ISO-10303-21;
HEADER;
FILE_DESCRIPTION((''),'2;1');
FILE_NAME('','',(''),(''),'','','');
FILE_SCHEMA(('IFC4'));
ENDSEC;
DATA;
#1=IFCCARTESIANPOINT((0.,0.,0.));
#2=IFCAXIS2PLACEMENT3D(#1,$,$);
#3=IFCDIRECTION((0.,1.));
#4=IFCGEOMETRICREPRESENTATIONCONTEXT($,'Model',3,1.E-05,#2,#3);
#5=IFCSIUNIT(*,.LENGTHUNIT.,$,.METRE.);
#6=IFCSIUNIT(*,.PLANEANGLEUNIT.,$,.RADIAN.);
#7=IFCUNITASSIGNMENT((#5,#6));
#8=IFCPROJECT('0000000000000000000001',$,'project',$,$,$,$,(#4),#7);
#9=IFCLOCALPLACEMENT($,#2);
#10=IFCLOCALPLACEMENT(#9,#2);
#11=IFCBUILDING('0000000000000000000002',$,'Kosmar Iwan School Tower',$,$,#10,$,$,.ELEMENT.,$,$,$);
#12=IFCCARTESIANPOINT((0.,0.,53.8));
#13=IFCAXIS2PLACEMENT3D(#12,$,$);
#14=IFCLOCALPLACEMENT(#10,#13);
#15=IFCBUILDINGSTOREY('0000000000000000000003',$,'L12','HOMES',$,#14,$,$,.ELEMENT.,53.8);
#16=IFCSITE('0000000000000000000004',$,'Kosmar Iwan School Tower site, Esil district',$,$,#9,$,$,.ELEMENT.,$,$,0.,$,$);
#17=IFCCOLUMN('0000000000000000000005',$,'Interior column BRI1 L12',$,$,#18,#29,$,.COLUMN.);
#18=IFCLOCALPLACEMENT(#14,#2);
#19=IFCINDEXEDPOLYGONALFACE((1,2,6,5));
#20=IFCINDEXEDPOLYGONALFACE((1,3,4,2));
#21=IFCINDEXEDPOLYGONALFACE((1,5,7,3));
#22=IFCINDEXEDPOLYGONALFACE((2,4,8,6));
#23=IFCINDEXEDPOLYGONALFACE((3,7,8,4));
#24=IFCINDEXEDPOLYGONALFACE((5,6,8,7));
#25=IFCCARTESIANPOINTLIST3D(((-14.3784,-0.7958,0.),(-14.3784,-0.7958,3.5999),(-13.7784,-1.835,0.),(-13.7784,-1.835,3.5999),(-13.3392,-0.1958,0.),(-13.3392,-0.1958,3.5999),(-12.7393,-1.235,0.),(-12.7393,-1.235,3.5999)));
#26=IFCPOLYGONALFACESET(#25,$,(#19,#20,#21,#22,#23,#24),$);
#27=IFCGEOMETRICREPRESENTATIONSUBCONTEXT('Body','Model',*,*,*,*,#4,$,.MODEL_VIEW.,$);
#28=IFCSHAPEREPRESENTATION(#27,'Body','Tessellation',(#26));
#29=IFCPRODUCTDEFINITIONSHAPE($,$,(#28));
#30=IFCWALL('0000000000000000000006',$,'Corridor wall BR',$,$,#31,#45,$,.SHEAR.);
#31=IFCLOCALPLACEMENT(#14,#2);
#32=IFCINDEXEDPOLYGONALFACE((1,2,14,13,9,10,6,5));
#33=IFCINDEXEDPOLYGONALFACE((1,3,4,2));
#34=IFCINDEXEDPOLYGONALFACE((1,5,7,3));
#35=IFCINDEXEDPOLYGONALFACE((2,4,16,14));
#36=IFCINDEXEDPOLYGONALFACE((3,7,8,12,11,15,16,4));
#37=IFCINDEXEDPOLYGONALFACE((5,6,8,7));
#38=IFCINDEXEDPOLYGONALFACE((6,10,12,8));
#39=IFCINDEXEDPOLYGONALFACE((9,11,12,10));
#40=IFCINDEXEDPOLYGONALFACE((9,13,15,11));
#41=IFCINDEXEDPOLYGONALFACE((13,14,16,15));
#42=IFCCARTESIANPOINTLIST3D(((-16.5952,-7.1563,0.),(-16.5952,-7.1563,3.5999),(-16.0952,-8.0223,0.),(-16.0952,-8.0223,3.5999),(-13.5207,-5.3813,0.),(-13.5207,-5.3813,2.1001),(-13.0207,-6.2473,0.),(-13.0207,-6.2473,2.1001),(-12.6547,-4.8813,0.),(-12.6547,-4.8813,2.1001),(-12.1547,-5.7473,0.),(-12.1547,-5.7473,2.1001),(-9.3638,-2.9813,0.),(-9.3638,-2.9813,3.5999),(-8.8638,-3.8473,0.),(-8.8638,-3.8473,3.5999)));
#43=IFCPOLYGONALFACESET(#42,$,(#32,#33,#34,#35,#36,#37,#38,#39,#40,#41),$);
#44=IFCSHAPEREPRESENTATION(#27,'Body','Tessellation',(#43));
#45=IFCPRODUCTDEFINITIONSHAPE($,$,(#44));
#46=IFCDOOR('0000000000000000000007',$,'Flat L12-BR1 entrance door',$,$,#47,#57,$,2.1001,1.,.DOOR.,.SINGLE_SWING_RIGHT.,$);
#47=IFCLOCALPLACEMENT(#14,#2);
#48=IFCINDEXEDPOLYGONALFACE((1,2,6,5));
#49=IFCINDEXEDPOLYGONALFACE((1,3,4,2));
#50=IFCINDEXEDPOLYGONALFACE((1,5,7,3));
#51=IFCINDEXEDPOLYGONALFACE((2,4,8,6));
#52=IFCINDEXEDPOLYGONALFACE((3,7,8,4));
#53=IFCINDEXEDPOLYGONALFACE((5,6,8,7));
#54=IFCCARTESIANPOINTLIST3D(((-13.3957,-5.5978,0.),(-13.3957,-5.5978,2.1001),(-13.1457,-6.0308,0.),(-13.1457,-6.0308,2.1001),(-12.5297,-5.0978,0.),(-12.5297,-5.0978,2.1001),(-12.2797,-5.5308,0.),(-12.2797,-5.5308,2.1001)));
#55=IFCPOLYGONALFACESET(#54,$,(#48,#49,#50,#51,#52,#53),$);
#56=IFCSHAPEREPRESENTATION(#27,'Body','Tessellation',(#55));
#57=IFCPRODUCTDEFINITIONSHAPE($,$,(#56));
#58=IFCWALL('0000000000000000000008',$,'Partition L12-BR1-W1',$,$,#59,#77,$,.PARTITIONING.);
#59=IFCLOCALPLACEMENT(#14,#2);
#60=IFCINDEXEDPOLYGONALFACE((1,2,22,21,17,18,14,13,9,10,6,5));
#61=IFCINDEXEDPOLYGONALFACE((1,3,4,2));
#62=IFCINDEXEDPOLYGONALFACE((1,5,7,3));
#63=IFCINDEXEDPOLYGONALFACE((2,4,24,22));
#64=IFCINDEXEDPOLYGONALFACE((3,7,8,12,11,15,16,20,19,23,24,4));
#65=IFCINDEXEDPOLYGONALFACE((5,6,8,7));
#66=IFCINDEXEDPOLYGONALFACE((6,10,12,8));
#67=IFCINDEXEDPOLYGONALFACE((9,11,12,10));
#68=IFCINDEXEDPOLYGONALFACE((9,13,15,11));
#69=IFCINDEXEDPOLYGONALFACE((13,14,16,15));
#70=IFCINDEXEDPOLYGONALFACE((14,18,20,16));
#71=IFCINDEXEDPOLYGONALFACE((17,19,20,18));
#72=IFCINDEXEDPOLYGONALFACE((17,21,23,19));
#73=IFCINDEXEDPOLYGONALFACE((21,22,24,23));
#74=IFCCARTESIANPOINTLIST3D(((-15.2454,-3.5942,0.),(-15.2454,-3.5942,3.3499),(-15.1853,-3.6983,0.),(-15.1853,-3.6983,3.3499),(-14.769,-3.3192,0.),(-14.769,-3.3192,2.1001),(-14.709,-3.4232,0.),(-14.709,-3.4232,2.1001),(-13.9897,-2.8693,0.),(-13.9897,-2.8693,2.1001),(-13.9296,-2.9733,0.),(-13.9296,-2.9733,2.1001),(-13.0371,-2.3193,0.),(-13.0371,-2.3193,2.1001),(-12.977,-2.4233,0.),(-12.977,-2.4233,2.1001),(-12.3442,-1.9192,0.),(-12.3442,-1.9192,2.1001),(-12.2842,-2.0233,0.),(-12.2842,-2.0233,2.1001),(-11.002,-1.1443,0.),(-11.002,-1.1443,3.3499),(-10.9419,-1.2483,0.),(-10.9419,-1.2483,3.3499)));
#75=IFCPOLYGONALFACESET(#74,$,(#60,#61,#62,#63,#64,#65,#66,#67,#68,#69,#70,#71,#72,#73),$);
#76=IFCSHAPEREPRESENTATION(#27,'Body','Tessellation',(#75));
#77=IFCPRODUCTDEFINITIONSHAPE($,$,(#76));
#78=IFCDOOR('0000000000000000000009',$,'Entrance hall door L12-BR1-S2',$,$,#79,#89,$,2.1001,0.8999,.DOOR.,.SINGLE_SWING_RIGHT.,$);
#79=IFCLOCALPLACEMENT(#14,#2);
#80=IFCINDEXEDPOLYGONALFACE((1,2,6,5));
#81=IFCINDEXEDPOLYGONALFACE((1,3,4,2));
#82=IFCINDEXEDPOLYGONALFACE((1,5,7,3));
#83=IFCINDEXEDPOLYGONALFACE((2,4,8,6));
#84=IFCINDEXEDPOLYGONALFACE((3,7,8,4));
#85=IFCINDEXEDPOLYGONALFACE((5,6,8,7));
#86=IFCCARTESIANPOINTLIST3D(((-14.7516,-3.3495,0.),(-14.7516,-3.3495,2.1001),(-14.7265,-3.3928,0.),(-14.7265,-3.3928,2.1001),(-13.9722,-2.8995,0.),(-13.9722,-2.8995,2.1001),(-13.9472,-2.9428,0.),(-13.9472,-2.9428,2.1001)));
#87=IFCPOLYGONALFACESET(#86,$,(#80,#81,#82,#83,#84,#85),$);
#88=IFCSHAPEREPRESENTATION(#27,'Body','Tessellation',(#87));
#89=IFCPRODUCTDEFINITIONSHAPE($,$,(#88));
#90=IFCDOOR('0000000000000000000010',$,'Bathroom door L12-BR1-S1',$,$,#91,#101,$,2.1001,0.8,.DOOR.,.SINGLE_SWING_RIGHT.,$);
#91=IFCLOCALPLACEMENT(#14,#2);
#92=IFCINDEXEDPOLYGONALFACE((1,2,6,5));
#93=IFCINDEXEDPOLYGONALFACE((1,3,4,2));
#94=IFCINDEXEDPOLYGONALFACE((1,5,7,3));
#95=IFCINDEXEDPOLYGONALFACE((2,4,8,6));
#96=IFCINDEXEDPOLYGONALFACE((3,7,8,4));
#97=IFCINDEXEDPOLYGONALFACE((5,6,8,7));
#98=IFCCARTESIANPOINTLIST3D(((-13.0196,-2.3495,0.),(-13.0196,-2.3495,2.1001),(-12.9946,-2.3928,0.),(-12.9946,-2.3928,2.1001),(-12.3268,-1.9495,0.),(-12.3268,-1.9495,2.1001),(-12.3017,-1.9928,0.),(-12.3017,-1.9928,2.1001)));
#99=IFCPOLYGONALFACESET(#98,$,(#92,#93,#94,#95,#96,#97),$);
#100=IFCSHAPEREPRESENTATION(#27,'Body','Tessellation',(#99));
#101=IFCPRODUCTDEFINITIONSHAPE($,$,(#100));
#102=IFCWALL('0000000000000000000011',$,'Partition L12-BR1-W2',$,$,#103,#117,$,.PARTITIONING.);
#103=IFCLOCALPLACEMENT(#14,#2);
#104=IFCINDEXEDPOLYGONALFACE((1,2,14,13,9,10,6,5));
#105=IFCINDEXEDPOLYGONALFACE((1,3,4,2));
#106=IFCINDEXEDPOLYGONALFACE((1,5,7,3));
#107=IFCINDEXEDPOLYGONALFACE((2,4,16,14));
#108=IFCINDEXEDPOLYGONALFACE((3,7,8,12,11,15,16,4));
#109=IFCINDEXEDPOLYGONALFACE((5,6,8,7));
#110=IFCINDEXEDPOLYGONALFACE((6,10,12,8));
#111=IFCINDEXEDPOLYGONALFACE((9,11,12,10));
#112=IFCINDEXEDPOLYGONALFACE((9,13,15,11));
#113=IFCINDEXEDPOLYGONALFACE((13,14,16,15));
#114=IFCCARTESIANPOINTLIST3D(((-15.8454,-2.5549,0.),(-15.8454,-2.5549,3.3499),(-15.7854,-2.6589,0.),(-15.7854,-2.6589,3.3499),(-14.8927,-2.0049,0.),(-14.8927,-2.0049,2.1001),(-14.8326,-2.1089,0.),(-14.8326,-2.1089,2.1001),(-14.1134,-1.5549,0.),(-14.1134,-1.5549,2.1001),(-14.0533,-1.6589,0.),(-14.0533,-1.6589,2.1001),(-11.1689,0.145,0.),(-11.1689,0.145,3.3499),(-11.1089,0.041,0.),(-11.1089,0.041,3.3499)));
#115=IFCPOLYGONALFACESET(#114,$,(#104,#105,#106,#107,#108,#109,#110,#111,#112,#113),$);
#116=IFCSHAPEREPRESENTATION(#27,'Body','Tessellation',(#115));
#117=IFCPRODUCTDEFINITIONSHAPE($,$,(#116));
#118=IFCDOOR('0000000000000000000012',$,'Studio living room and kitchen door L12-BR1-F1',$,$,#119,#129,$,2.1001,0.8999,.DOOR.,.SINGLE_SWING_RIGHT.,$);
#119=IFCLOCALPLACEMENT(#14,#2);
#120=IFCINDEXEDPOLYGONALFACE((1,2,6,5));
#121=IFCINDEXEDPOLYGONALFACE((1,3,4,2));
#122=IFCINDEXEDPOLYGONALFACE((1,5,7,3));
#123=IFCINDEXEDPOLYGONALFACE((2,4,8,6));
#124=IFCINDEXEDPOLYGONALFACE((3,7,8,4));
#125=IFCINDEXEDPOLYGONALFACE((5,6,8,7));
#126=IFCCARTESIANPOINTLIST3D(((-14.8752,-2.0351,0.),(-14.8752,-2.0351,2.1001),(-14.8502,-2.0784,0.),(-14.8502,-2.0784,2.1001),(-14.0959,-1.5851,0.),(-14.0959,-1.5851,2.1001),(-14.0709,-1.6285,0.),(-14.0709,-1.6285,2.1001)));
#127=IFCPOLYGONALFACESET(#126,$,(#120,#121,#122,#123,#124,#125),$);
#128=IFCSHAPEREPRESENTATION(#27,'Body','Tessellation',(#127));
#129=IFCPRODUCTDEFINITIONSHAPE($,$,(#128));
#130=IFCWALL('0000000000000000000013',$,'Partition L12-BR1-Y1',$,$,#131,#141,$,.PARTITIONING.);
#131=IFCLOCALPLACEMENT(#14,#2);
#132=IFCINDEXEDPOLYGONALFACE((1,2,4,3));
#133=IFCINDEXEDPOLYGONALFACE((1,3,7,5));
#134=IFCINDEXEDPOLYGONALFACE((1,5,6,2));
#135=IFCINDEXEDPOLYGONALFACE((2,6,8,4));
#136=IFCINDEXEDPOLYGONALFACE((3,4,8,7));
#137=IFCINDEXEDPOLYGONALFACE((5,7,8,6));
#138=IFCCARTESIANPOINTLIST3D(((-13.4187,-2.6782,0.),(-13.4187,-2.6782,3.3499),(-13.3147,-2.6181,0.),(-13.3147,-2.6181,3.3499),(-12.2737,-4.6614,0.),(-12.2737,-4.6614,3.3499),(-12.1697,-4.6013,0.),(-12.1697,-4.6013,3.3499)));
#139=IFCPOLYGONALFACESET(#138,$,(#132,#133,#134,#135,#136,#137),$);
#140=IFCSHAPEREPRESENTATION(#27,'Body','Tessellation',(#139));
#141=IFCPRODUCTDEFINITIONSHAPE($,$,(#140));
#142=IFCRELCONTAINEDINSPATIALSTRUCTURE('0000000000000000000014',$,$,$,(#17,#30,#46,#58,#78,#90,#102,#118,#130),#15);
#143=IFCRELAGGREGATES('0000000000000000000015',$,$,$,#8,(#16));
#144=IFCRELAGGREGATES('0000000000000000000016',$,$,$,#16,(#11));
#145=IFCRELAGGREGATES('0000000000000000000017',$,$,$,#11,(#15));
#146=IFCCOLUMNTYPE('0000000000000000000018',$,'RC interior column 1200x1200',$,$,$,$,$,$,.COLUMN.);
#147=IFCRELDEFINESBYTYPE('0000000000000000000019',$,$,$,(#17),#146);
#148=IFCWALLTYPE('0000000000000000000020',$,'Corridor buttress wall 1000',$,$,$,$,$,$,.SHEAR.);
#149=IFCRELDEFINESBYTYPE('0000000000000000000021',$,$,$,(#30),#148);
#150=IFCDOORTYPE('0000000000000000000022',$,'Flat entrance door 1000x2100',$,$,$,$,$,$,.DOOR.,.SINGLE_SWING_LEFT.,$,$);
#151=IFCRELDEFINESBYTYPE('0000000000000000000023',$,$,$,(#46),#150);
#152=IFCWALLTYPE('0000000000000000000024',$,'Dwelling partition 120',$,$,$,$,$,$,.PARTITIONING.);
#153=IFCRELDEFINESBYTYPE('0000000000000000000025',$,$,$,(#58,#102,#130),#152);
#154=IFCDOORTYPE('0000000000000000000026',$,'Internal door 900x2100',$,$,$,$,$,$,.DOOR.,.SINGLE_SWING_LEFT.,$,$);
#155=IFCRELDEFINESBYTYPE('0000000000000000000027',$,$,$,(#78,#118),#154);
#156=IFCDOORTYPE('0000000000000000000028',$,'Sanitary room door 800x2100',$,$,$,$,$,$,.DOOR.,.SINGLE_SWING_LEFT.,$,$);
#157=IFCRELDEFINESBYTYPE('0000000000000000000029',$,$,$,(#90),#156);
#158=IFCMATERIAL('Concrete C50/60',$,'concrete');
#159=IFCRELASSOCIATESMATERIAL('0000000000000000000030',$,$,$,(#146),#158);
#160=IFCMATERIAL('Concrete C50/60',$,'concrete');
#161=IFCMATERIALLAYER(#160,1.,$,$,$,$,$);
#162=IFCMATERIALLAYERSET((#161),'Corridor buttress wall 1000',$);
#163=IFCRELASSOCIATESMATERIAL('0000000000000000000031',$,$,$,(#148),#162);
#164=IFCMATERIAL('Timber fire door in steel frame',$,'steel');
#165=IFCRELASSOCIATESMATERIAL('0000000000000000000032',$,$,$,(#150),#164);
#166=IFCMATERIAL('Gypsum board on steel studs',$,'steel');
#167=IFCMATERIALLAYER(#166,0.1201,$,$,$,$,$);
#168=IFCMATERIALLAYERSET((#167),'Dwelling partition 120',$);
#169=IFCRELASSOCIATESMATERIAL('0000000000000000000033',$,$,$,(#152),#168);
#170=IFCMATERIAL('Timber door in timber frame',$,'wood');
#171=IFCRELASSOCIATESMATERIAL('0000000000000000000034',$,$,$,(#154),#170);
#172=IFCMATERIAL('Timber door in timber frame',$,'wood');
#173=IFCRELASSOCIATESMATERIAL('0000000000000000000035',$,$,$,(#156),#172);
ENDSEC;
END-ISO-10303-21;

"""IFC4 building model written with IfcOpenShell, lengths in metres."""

from ifc_helpers import new_model, si_unit, direction, frame, frame_2d, origin, origin_2d, place, context, subcontext, project, spatial, rectangle, extrude, material, layer, layer_set, material_profile, profile_set, type_object, element, fill, save


model = new_model("IFC4")

# Units and contexts
model_context = context("Model", 3, precision=1e-05, world=origin(), true_north=direction((0.0, 1.0)))
body_context = subcontext(model_context, "Body", "Model", "MODEL_VIEW")
ifc_project = project(units=[si_unit("LENGTHUNIT", "METRE"), si_unit("PLANEANGLEUNIT", "RADIAN")], contexts=[model_context])

# Site, building, storey
site_placement = place(None, origin())
site = spatial("IfcSite", under=ifc_project, at=site_placement, Name="Kosmar Iwan School Tower site, Esil district", CompositionType="ELEMENT", RefElevation=0.0)
building_placement = place(site_placement, origin())
building = spatial("IfcBuilding", under=site, at=building_placement, Name="Kosmar Iwan School Tower", CompositionType="ELEMENT")
storey_placement = place(building_placement, frame((0.0, 0.0, 53.8)))
storey = spatial("IfcBuildingStorey", under=building, at=storey_placement, Name="L12", Description="HOMES", CompositionType="ELEMENT", Elevation=53.8)

# Column
ifc_material_1 = material(Name="Concrete C50/60", Category="concrete")
ifc_material_profile = material_profile(ifc_material_1, rectangle(XDim=1.2, YDim=1.2, at=origin_2d()), Name="RC 1200x1200")
ifc_profile_set = profile_set([ifc_material_profile], Name="Concrete C50/60")
column_type = type_object("IfcColumnType", Name="RC interior column 1200x1200", PredefinedType="COLUMN", material=ifc_profile_set)
column_placement = place(storey_placement, frame((-13.5588, -1.0154, 0.0), z_axis=(0.0, 0.0, 1.0), x_axis=(-0.866025, -0.5, 0.0)))
element("IfcColumn", 1, at=column_placement, inside=storey, type_object=column_type, Name="Interior column BRI1 L12", PredefinedType="COLUMN", context=body_context, shape_type="SweptSolid", body=[
    extrude(rectangle(XDim=1.2, YDim=1.2, at=origin_2d()), origin(), (0.0, 0.0, 1.0), 3.5999),
])

# Wall, opening, door
ifc_material_2 = material(Name="Concrete C50/60", Category="concrete")
ifc_layer_1 = layer(ifc_material_2, 1.0)
ifc_layer_set_1 = layer_set([ifc_layer_1], Name="Corridor buttress wall 1000")
wall_type_1 = type_object("IfcWallType", Name="Corridor buttress wall 1000", PredefinedType="SHEAR", material=ifc_layer_set_1)
wall_1_placement = place(storey_placement, frame((-9.1138, -3.4143, 0.0), z_axis=(0.0, 0.0, 1.0), x_axis=(-0.866027, -0.499997, 0.0)))
wall_1 = element("IfcWall", 2, at=wall_1_placement, inside=storey, type_object=wall_type_1, Name="Corridor wall BR", PredefinedType="SHEAR", context=body_context, shape_type="SweptSolid", body=[
    extrude(rectangle(XDim=8.3501, YDim=1.0, at=frame_2d((4.175, 0.0))), origin(), (0.0, 0.0, 1.0), 3.5999),
])
opening_1_placement = place(wall_1_placement, frame((3.8, 0.0, 0.0)))
opening_1 = element("IfcOpeningElement", 3, at=opening_1_placement, cuts=wall_1, PredefinedType="OPENING", context=body_context, shape_type="SweptSolid", body=[
    extrude(rectangle(XDim=1.0, YDim=2.1001, at=frame_2d((0.5, 1.05))), frame((0.0, 0.512, 0.0), z_axis=(0.0, -1.0, 0.0), x_axis=(1.0, 0.0, 0.0)), (0.0, 0.0, 1.0), 1.0239),
])
ifc_material_3 = material(Name="Timber fire door in steel frame", Category="steel")
door_type_1 = type_object("IfcDoorType", Name="Flat entrance door 1000x2100", OperationType="SINGLE_SWING_LEFT", PredefinedType="DOOR", material=ifc_material_3)
door_1_placement = place(opening_1_placement, origin())
door_1 = element("IfcDoor", 4, at=door_1_placement, inside=storey, type_object=door_type_1, Name="Flat L12-BR1 entrance door", OperationType="SINGLE_SWING_RIGHT", OverallHeight=2.1001, OverallWidth=1.0, PredefinedType="DOOR", context=body_context, shape_type="SweptSolid", body=[
    extrude(rectangle(XDim=1.0, YDim=2.1001, at=frame_2d((0.5, 1.05))), frame((0.0, 0.25, 0.0), z_axis=(0.0, -1.0, 0.0), x_axis=(1.0, 0.0, 0.0)), (0.0, 0.0, 1.0), 0.5),
])
fill(opening_1, door_1)

# Wall, openings, doors
ifc_material_4 = material(Name="Gypsum board on steel studs", Category="steel")
ifc_layer_2 = layer(ifc_material_4, 0.1201)
ifc_layer_set_2 = layer_set([ifc_layer_2], Name="Dwelling partition 120")
wall_type_2 = type_object("IfcWallType", Name="Dwelling partition 120", PredefinedType="PARTITIONING", material=ifc_layer_set_2)
wall_2_placement = place(storey_placement, frame((-10.9719, -1.1963, 0.0), z_axis=(0.0, 0.0, 1.0), x_axis=(-0.866024, -0.500003, 0.0)))
wall_2 = element("IfcWall", 5, at=wall_2_placement, inside=storey, type_object=wall_type_2, Name="Partition L12-BR1-W1", PredefinedType="PARTITIONING", context=body_context, shape_type="SweptSolid", body=[
    extrude(rectangle(XDim=4.8999, YDim=0.1201, at=frame_2d((2.45, 0.0))), origin(), (0.0, 0.0, 1.0), 3.3499),
])
opening_2_placement = place(wall_2_placement, frame((1.55, 0.0, 0.0)))
opening_2 = element("IfcOpeningElement", 6, at=opening_2_placement, cuts=wall_2, PredefinedType="OPENING", context=body_context, shape_type="SweptSolid", body=[
    extrude(rectangle(XDim=0.8, YDim=2.1001, at=frame_2d((0.3999, 1.05))), frame((0.0, 0.072, 0.0), z_axis=(0.0, -1.0, 0.0), x_axis=(1.0, 0.0, 0.0)), (0.0, 0.0, 1.0), 0.144),
])
opening_3_placement = place(wall_2_placement, frame((3.45, 0.0, 0.0)))
opening_3 = element("IfcOpeningElement", 7, at=opening_3_placement, cuts=wall_2, PredefinedType="OPENING", context=body_context, shape_type="SweptSolid", body=[
    extrude(rectangle(XDim=0.8999, YDim=2.1001, at=frame_2d((0.45, 1.05))), frame((0.0, 0.072, 0.0), z_axis=(0.0, -1.0, 0.0), x_axis=(1.0, 0.0, 0.0)), (0.0, 0.0, 1.0), 0.144),
])
ifc_material_5 = material(Name="Timber door in timber frame", Category="wood")
door_type_2 = type_object("IfcDoorType", Name="Internal door 900x2100", OperationType="SINGLE_SWING_LEFT", PredefinedType="DOOR", material=ifc_material_5)
door_2_placement = place(opening_3_placement, origin())
door_2 = element("IfcDoor", 8, at=door_2_placement, inside=storey, type_object=door_type_2, Name="Entrance hall door L12-BR1-S2", OperationType="SINGLE_SWING_RIGHT", OverallHeight=2.1001, OverallWidth=0.8999, PredefinedType="DOOR", context=body_context, shape_type="SweptSolid", body=[
    extrude(rectangle(XDim=0.8999, YDim=2.1001, at=frame_2d((0.45, 1.05))), frame((0.0, 0.0249, 0.0), z_axis=(0.0, -1.0, 0.0), x_axis=(1.0, 0.0, 0.0)), (0.0, 0.0, 1.0), 0.05),
])
fill(opening_3, door_2)
ifc_material_6 = material(Name="Timber door in timber frame", Category="wood")
door_type_3 = type_object("IfcDoorType", Name="Sanitary room door 800x2100", OperationType="SINGLE_SWING_LEFT", PredefinedType="DOOR", material=ifc_material_6)
door_3_placement = place(opening_2_placement, origin())
door_3 = element("IfcDoor", 9, at=door_3_placement, inside=storey, type_object=door_type_3, Name="Bathroom door L12-BR1-S1", OperationType="SINGLE_SWING_RIGHT", OverallHeight=2.1001, OverallWidth=0.8, PredefinedType="DOOR", context=body_context, shape_type="SweptSolid", body=[
    extrude(rectangle(XDim=0.8, YDim=2.1001, at=frame_2d((0.3999, 1.05))), frame((0.0, 0.0249, 0.0), z_axis=(0.0, -1.0, 0.0), x_axis=(1.0, 0.0, 0.0)), (0.0, 0.0, 1.0), 0.05),
])
fill(opening_2, door_3)

# Wall, opening, door
wall_3_placement = place(storey_placement, frame((-11.1389, 0.093, 0.0), z_axis=(0.0, 0.0, 1.0), x_axis=(-0.866028, -0.499995, 0.0)))
wall_3 = element("IfcWall", 10, at=wall_3_placement, inside=storey, type_object=wall_type_2, Name="Partition L12-BR1-W2", PredefinedType="PARTITIONING", context=body_context, shape_type="SweptSolid", body=[
    extrude(rectangle(XDim=5.3999, YDim=0.1201, at=frame_2d((2.7, 0.0))), origin(), (0.0, 0.0, 1.0), 3.3499),
])
opening_4_placement = place(wall_3_placement, frame((3.3999, 0.0, 0.0)))
opening_4 = element("IfcOpeningElement", 11, at=opening_4_placement, cuts=wall_3, PredefinedType="OPENING", context=body_context, shape_type="SweptSolid", body=[
    extrude(rectangle(XDim=0.8999, YDim=2.1001, at=frame_2d((0.45, 1.05))), frame((0.0, 0.072, 0.0), z_axis=(0.0, -1.0, 0.0), x_axis=(1.0, 0.0, 0.0)), (0.0, 0.0, 1.0), 0.144),
])
door_4_placement = place(opening_4_placement, origin())
door_4 = element("IfcDoor", 12, at=door_4_placement, inside=storey, type_object=door_type_2, Name="Studio living room and kitchen door L12-BR1-F1", OperationType="SINGLE_SWING_RIGHT", OverallHeight=2.1001, OverallWidth=0.8999, PredefinedType="DOOR", context=body_context, shape_type="SweptSolid", body=[
    extrude(rectangle(XDim=0.8999, YDim=2.1001, at=frame_2d((0.45, 1.05))), frame((0.0, 0.0249, 0.0), z_axis=(0.0, -1.0, 0.0), x_axis=(1.0, 0.0, 0.0)), (0.0, 0.0, 1.0), 0.05),
])
fill(opening_4, door_4)

# Wall
wall_4_placement = place(storey_placement, frame((-12.2217, -4.6313, 0.0), z_axis=(0.0, 0.0, 1.0), x_axis=(-0.500015, 0.866017, 0.0)))
element("IfcWall", 13, at=wall_4_placement, inside=storey, type_object=wall_type_2, Name="Partition L12-BR1-Y1", PredefinedType="PARTITIONING", context=body_context, shape_type="SweptSolid", body=[
    extrude(rectangle(XDim=2.29, YDim=0.1201, at=frame_2d((1.145, 0.0))), origin(), (0.0, 0.0, 1.0), 3.3499),
])

save(model, "model.ifc")
